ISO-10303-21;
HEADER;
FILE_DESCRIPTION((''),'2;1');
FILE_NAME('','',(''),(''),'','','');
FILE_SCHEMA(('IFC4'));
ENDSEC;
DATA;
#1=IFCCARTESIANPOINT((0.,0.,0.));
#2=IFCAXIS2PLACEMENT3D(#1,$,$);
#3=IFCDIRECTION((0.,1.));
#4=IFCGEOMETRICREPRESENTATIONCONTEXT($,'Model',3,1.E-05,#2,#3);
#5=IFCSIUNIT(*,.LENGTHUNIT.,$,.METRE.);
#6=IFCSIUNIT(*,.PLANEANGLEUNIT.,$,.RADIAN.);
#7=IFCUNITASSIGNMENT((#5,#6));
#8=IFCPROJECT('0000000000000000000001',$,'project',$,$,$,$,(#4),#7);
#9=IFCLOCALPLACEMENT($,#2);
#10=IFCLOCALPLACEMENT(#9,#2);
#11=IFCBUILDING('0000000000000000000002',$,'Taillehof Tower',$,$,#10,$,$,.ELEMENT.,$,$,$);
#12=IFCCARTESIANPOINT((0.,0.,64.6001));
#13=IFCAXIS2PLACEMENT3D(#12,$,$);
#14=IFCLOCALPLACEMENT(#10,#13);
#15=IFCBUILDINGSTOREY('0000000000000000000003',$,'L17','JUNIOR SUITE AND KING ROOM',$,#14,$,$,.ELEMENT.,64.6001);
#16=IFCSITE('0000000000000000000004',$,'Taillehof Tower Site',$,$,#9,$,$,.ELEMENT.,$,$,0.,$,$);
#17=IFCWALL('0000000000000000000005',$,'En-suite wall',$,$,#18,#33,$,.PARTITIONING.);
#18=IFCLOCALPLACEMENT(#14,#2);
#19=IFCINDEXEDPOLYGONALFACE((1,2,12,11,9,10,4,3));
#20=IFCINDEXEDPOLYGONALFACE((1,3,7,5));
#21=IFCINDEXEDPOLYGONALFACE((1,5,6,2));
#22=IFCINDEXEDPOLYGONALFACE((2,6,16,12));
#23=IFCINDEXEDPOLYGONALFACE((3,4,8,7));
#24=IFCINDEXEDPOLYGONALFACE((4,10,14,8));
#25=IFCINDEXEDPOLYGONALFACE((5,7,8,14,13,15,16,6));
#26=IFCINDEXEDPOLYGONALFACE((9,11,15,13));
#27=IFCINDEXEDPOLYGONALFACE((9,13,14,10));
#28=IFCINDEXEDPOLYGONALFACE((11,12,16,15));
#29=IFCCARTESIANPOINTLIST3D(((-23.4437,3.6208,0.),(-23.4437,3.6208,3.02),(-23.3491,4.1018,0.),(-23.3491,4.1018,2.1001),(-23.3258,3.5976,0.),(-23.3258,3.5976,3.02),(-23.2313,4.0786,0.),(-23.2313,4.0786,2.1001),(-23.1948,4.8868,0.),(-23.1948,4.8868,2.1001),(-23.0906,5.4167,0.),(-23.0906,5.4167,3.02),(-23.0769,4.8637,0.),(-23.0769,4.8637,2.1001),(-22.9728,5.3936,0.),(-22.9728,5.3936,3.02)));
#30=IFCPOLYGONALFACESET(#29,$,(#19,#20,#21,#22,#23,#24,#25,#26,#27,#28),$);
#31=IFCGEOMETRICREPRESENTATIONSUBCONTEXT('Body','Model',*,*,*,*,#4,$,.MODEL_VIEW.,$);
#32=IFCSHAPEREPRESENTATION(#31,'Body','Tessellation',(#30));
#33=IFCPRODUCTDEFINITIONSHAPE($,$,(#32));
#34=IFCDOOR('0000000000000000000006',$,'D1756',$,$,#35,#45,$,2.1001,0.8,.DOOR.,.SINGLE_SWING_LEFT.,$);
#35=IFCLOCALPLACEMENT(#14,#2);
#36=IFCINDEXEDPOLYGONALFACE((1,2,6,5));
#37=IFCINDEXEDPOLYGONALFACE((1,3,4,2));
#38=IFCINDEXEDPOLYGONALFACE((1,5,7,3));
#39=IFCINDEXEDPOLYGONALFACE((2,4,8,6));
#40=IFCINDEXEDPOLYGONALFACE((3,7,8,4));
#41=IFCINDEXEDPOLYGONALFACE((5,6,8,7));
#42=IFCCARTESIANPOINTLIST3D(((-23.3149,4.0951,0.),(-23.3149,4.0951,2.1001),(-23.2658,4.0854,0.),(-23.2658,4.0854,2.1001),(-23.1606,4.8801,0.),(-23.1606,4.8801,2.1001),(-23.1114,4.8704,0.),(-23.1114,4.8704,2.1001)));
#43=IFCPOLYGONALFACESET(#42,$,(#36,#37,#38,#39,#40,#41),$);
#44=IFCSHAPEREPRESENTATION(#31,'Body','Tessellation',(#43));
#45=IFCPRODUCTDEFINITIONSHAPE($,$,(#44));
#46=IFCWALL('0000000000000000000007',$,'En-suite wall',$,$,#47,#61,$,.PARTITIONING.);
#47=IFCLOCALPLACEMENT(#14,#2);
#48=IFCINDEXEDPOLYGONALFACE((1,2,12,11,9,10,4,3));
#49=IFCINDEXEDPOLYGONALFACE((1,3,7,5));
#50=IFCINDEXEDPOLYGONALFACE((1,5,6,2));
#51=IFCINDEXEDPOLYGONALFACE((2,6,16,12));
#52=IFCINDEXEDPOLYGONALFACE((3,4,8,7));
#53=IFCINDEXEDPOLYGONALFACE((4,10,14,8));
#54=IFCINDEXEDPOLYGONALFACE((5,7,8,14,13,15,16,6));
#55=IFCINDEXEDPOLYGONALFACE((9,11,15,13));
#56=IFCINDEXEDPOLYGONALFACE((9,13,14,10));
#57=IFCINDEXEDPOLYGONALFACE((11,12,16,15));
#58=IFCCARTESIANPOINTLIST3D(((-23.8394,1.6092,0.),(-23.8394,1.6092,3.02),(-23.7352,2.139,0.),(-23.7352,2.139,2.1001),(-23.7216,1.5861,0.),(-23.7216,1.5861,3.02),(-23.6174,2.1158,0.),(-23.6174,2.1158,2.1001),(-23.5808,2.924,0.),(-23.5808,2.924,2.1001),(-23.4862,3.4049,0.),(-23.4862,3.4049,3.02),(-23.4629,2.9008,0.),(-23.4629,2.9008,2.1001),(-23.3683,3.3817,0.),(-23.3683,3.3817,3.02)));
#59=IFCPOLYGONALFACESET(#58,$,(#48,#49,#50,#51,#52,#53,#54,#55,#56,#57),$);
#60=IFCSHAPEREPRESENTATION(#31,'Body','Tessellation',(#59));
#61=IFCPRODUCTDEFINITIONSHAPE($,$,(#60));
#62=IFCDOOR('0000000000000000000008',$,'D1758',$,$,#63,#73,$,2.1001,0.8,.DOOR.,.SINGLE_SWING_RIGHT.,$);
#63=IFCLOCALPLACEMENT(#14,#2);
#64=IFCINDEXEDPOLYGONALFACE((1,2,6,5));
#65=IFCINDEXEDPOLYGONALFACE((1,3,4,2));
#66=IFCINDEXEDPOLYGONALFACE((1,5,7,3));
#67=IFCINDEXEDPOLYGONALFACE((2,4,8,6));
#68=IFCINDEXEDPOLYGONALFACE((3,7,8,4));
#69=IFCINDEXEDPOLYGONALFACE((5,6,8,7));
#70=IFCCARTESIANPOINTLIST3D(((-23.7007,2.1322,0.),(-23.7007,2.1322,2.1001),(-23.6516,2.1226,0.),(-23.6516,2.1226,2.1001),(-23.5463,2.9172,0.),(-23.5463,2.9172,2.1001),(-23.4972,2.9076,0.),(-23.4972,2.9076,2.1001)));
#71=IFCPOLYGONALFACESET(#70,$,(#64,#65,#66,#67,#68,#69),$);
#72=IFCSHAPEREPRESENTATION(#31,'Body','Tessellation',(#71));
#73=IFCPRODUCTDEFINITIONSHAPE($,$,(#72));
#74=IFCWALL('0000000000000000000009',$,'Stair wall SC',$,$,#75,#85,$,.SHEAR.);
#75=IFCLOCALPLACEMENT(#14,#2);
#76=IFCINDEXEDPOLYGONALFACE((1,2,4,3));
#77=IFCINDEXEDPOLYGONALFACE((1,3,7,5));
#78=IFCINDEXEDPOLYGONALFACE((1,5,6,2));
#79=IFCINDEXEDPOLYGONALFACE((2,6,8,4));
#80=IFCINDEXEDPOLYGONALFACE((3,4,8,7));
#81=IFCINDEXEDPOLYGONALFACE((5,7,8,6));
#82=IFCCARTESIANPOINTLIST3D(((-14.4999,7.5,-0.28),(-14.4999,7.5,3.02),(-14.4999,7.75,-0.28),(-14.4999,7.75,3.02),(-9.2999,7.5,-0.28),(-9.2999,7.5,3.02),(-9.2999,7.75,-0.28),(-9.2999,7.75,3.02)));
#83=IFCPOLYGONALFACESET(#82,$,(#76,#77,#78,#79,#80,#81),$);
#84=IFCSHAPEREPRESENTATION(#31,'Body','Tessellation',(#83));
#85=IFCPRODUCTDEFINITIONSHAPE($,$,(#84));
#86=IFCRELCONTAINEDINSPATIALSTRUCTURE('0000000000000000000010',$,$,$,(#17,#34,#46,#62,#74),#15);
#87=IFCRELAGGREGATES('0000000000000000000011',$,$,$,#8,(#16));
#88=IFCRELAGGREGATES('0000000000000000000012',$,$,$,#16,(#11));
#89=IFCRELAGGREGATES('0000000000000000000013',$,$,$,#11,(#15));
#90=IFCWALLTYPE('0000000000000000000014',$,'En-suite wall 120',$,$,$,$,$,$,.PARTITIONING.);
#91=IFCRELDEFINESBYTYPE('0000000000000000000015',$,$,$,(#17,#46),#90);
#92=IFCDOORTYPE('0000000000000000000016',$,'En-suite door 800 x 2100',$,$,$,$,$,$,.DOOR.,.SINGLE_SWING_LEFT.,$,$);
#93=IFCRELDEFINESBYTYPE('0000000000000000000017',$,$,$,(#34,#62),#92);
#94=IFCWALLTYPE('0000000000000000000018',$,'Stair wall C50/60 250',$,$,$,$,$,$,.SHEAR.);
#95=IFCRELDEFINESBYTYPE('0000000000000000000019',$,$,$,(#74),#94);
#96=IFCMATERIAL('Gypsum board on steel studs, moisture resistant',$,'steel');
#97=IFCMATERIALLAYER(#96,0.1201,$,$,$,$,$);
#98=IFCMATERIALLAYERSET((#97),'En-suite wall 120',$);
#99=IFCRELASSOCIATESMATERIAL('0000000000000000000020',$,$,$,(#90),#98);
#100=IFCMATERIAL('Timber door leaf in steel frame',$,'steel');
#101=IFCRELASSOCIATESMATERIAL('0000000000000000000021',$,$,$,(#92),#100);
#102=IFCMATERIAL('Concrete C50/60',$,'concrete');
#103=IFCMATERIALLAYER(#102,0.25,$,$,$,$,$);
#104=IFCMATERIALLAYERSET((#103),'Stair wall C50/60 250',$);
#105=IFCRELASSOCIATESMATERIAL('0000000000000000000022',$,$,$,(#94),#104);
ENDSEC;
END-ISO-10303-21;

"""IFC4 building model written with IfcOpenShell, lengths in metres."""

from ifc_helpers import new_model, si_unit, direction, frame, frame_2d, origin, place, context, subcontext, project, spatial, rectangle, extrude, material, layer, layer_set, type_object, element, fill, save


model = new_model("IFC4")

# Units and contexts
model_context = context("Model", 3, precision=1e-05, world=origin(), true_north=direction((0.0, 1.0)))
body_context = subcontext(model_context, "Body", "Model", "MODEL_VIEW")
ifc_project = project(units=[si_unit("LENGTHUNIT", "METRE"), si_unit("PLANEANGLEUNIT", "RADIAN")], contexts=[model_context])

# Site, building, storey
site_placement = place(None, origin())
site = spatial("IfcSite", under=ifc_project, at=site_placement, Name="Taillehof Tower Site", CompositionType="ELEMENT", RefElevation=0.0)
building_placement = place(site_placement, origin())
building = spatial("IfcBuilding", under=site, at=building_placement, Name="Taillehof Tower", CompositionType="ELEMENT")
storey_placement = place(building_placement, frame((0.0, 0.0, 64.6001)))
storey = spatial("IfcBuildingStorey", under=building, at=storey_placement, Name="L17", Description="JUNIOR SUITE AND KING ROOM", CompositionType="ELEMENT", Elevation=64.6001)

# Shared definitions
ifc_material_1 = material(Name="Gypsum board on steel studs, moisture resistant", Category="steel")
ifc_layer_1 = layer(ifc_material_1, 0.1201)
ifc_layer_set_1 = layer_set([ifc_layer_1], Name="En-suite wall 120")
wall_type_1 = type_object("IfcWallType", Name="En-suite wall 120", PredefinedType="PARTITIONING", material=ifc_layer_set_1)

# Walls, openings, doors
wall_1_placement = place(storey_placement, frame((-23.0317, 5.405, 0.0), z_axis=(0.0, 0.0, 1.0), x_axis=(-0.192883, -0.981222, 0.0)))
wall_1 = element("IfcWall", 1, at=wall_1_placement, inside=storey, type_object=wall_type_1, Name="En-suite wall", PredefinedType="PARTITIONING", context=body_context, shape_type="SweptSolid", body=[
    extrude(rectangle(XDim=1.8303, YDim=0.1201, at=frame_2d((0.915, 0.0))), origin(), (0.0, 0.0, 1.0), 3.02),
])
opening_1_placement = place(wall_1_placement, frame((0.54, 0.0, 0.0)))
opening_1 = element("IfcOpeningElement", 2, at=opening_1_placement, cuts=wall_1, PredefinedType="OPENING", context=body_context, shape_type="SweptSolid", body=[
    extrude(rectangle(XDim=0.8, YDim=2.1001, at=frame_2d((0.3999, 1.05))), frame((0.0, 0.0701, 0.0), z_axis=(0.0, -1.0, 0.0), x_axis=(1.0, 0.0, 0.0)), (0.0, 0.0, 1.0), 0.1401),
])
ifc_material_2 = material(Name="Timber door leaf in steel frame", Category="steel")
door_type_1 = type_object("IfcDoorType", Name="En-suite door 800 x 2100", OperationType="SINGLE_SWING_LEFT", PredefinedType="DOOR", material=ifc_material_2)
door_1_placement = place(opening_1_placement, origin())
door_1 = element("IfcDoor", 3, at=door_1_placement, inside=storey, type_object=door_type_1, Name="D1756", OperationType="SINGLE_SWING_LEFT", OverallHeight=2.1001, OverallWidth=0.8, PredefinedType="DOOR", context=body_context, shape_type="SweptSolid", body=[
    extrude(rectangle(XDim=0.8, YDim=2.1001, at=frame_2d((0.3999, 1.05))), frame((0.0, 0.0249, 0.0), z_axis=(0.0, -1.0, 0.0), x_axis=(1.0, 0.0, 0.0)), (0.0, 0.0, 1.0), 0.05),
])
fill(opening_1, door_1)
wall_2_placement = place(storey_placement, frame((-23.7805, 1.5977, 0.0), z_axis=(0.0, 0.0, 1.0), x_axis=(0.193037, 0.981192, 0.0)))
wall_2 = element("IfcWall", 4, at=wall_2_placement, inside=storey, type_object=wall_type_1, Name="En-suite wall", PredefinedType="PARTITIONING", context=body_context, shape_type="SweptSolid", body=[
    extrude(rectangle(XDim=1.8301, YDim=0.1201, at=frame_2d((0.915, 0.0))), origin(), (0.0, 0.0, 1.0), 3.02),
])
opening_2_placement = place(wall_2_placement, frame((0.54, 0.0, 0.0)))
opening_2 = element("IfcOpeningElement", 5, at=opening_2_placement, cuts=wall_2, PredefinedType="OPENING", context=body_context, shape_type="SweptSolid", body=[
    extrude(rectangle(XDim=0.8, YDim=2.1001, at=frame_2d((0.3999, 1.05))), frame((0.0, 0.0701, 0.0), z_axis=(0.0, -1.0, 0.0), x_axis=(1.0, 0.0, 0.0)), (0.0, 0.0, 1.0), 0.1401),
])
door_2_placement = place(opening_2_placement, origin())
door_2 = element("IfcDoor", 6, at=door_2_placement, inside=storey, type_object=door_type_1, Name="D1758", OperationType="SINGLE_SWING_RIGHT", OverallHeight=2.1001, OverallWidth=0.8, PredefinedType="DOOR", context=body_context, shape_type="SweptSolid", body=[
    extrude(rectangle(XDim=0.8, YDim=2.1001, at=frame_2d((0.3999, 1.05))), frame((0.0, 0.0249, 0.0), z_axis=(0.0, -1.0, 0.0), x_axis=(1.0, 0.0, 0.0)), (0.0, 0.0, 1.0), 0.05),
])
fill(opening_2, door_2)

# Wall
ifc_material_3 = material(Name="Concrete C50/60", Category="concrete")
ifc_layer_2 = layer(ifc_material_3, 0.25)
ifc_layer_set_2 = layer_set([ifc_layer_2], Name="Stair wall C50/60 250")
wall_type_2 = type_object("IfcWallType", Name="Stair wall C50/60 250", PredefinedType="SHEAR", material=ifc_layer_set_2)
wall_3_placement = place(storey_placement, frame((-14.5, 7.625, -0.28), z_axis=(0.0, 0.0, 1.0), x_axis=(1.0, 0.0, 0.0)))
element("IfcWall", 7, at=wall_3_placement, inside=storey, type_object=wall_type_2, Name="Stair wall SC", PredefinedType="SHEAR", context=body_context, shape_type="SweptSolid", body=[
    extrude(rectangle(XDim=5.2, YDim=0.25, at=frame_2d((2.6001, 0.0))), origin(), (0.0, 0.0, 1.0), 3.3),
])

save(model, "model.ifc")
